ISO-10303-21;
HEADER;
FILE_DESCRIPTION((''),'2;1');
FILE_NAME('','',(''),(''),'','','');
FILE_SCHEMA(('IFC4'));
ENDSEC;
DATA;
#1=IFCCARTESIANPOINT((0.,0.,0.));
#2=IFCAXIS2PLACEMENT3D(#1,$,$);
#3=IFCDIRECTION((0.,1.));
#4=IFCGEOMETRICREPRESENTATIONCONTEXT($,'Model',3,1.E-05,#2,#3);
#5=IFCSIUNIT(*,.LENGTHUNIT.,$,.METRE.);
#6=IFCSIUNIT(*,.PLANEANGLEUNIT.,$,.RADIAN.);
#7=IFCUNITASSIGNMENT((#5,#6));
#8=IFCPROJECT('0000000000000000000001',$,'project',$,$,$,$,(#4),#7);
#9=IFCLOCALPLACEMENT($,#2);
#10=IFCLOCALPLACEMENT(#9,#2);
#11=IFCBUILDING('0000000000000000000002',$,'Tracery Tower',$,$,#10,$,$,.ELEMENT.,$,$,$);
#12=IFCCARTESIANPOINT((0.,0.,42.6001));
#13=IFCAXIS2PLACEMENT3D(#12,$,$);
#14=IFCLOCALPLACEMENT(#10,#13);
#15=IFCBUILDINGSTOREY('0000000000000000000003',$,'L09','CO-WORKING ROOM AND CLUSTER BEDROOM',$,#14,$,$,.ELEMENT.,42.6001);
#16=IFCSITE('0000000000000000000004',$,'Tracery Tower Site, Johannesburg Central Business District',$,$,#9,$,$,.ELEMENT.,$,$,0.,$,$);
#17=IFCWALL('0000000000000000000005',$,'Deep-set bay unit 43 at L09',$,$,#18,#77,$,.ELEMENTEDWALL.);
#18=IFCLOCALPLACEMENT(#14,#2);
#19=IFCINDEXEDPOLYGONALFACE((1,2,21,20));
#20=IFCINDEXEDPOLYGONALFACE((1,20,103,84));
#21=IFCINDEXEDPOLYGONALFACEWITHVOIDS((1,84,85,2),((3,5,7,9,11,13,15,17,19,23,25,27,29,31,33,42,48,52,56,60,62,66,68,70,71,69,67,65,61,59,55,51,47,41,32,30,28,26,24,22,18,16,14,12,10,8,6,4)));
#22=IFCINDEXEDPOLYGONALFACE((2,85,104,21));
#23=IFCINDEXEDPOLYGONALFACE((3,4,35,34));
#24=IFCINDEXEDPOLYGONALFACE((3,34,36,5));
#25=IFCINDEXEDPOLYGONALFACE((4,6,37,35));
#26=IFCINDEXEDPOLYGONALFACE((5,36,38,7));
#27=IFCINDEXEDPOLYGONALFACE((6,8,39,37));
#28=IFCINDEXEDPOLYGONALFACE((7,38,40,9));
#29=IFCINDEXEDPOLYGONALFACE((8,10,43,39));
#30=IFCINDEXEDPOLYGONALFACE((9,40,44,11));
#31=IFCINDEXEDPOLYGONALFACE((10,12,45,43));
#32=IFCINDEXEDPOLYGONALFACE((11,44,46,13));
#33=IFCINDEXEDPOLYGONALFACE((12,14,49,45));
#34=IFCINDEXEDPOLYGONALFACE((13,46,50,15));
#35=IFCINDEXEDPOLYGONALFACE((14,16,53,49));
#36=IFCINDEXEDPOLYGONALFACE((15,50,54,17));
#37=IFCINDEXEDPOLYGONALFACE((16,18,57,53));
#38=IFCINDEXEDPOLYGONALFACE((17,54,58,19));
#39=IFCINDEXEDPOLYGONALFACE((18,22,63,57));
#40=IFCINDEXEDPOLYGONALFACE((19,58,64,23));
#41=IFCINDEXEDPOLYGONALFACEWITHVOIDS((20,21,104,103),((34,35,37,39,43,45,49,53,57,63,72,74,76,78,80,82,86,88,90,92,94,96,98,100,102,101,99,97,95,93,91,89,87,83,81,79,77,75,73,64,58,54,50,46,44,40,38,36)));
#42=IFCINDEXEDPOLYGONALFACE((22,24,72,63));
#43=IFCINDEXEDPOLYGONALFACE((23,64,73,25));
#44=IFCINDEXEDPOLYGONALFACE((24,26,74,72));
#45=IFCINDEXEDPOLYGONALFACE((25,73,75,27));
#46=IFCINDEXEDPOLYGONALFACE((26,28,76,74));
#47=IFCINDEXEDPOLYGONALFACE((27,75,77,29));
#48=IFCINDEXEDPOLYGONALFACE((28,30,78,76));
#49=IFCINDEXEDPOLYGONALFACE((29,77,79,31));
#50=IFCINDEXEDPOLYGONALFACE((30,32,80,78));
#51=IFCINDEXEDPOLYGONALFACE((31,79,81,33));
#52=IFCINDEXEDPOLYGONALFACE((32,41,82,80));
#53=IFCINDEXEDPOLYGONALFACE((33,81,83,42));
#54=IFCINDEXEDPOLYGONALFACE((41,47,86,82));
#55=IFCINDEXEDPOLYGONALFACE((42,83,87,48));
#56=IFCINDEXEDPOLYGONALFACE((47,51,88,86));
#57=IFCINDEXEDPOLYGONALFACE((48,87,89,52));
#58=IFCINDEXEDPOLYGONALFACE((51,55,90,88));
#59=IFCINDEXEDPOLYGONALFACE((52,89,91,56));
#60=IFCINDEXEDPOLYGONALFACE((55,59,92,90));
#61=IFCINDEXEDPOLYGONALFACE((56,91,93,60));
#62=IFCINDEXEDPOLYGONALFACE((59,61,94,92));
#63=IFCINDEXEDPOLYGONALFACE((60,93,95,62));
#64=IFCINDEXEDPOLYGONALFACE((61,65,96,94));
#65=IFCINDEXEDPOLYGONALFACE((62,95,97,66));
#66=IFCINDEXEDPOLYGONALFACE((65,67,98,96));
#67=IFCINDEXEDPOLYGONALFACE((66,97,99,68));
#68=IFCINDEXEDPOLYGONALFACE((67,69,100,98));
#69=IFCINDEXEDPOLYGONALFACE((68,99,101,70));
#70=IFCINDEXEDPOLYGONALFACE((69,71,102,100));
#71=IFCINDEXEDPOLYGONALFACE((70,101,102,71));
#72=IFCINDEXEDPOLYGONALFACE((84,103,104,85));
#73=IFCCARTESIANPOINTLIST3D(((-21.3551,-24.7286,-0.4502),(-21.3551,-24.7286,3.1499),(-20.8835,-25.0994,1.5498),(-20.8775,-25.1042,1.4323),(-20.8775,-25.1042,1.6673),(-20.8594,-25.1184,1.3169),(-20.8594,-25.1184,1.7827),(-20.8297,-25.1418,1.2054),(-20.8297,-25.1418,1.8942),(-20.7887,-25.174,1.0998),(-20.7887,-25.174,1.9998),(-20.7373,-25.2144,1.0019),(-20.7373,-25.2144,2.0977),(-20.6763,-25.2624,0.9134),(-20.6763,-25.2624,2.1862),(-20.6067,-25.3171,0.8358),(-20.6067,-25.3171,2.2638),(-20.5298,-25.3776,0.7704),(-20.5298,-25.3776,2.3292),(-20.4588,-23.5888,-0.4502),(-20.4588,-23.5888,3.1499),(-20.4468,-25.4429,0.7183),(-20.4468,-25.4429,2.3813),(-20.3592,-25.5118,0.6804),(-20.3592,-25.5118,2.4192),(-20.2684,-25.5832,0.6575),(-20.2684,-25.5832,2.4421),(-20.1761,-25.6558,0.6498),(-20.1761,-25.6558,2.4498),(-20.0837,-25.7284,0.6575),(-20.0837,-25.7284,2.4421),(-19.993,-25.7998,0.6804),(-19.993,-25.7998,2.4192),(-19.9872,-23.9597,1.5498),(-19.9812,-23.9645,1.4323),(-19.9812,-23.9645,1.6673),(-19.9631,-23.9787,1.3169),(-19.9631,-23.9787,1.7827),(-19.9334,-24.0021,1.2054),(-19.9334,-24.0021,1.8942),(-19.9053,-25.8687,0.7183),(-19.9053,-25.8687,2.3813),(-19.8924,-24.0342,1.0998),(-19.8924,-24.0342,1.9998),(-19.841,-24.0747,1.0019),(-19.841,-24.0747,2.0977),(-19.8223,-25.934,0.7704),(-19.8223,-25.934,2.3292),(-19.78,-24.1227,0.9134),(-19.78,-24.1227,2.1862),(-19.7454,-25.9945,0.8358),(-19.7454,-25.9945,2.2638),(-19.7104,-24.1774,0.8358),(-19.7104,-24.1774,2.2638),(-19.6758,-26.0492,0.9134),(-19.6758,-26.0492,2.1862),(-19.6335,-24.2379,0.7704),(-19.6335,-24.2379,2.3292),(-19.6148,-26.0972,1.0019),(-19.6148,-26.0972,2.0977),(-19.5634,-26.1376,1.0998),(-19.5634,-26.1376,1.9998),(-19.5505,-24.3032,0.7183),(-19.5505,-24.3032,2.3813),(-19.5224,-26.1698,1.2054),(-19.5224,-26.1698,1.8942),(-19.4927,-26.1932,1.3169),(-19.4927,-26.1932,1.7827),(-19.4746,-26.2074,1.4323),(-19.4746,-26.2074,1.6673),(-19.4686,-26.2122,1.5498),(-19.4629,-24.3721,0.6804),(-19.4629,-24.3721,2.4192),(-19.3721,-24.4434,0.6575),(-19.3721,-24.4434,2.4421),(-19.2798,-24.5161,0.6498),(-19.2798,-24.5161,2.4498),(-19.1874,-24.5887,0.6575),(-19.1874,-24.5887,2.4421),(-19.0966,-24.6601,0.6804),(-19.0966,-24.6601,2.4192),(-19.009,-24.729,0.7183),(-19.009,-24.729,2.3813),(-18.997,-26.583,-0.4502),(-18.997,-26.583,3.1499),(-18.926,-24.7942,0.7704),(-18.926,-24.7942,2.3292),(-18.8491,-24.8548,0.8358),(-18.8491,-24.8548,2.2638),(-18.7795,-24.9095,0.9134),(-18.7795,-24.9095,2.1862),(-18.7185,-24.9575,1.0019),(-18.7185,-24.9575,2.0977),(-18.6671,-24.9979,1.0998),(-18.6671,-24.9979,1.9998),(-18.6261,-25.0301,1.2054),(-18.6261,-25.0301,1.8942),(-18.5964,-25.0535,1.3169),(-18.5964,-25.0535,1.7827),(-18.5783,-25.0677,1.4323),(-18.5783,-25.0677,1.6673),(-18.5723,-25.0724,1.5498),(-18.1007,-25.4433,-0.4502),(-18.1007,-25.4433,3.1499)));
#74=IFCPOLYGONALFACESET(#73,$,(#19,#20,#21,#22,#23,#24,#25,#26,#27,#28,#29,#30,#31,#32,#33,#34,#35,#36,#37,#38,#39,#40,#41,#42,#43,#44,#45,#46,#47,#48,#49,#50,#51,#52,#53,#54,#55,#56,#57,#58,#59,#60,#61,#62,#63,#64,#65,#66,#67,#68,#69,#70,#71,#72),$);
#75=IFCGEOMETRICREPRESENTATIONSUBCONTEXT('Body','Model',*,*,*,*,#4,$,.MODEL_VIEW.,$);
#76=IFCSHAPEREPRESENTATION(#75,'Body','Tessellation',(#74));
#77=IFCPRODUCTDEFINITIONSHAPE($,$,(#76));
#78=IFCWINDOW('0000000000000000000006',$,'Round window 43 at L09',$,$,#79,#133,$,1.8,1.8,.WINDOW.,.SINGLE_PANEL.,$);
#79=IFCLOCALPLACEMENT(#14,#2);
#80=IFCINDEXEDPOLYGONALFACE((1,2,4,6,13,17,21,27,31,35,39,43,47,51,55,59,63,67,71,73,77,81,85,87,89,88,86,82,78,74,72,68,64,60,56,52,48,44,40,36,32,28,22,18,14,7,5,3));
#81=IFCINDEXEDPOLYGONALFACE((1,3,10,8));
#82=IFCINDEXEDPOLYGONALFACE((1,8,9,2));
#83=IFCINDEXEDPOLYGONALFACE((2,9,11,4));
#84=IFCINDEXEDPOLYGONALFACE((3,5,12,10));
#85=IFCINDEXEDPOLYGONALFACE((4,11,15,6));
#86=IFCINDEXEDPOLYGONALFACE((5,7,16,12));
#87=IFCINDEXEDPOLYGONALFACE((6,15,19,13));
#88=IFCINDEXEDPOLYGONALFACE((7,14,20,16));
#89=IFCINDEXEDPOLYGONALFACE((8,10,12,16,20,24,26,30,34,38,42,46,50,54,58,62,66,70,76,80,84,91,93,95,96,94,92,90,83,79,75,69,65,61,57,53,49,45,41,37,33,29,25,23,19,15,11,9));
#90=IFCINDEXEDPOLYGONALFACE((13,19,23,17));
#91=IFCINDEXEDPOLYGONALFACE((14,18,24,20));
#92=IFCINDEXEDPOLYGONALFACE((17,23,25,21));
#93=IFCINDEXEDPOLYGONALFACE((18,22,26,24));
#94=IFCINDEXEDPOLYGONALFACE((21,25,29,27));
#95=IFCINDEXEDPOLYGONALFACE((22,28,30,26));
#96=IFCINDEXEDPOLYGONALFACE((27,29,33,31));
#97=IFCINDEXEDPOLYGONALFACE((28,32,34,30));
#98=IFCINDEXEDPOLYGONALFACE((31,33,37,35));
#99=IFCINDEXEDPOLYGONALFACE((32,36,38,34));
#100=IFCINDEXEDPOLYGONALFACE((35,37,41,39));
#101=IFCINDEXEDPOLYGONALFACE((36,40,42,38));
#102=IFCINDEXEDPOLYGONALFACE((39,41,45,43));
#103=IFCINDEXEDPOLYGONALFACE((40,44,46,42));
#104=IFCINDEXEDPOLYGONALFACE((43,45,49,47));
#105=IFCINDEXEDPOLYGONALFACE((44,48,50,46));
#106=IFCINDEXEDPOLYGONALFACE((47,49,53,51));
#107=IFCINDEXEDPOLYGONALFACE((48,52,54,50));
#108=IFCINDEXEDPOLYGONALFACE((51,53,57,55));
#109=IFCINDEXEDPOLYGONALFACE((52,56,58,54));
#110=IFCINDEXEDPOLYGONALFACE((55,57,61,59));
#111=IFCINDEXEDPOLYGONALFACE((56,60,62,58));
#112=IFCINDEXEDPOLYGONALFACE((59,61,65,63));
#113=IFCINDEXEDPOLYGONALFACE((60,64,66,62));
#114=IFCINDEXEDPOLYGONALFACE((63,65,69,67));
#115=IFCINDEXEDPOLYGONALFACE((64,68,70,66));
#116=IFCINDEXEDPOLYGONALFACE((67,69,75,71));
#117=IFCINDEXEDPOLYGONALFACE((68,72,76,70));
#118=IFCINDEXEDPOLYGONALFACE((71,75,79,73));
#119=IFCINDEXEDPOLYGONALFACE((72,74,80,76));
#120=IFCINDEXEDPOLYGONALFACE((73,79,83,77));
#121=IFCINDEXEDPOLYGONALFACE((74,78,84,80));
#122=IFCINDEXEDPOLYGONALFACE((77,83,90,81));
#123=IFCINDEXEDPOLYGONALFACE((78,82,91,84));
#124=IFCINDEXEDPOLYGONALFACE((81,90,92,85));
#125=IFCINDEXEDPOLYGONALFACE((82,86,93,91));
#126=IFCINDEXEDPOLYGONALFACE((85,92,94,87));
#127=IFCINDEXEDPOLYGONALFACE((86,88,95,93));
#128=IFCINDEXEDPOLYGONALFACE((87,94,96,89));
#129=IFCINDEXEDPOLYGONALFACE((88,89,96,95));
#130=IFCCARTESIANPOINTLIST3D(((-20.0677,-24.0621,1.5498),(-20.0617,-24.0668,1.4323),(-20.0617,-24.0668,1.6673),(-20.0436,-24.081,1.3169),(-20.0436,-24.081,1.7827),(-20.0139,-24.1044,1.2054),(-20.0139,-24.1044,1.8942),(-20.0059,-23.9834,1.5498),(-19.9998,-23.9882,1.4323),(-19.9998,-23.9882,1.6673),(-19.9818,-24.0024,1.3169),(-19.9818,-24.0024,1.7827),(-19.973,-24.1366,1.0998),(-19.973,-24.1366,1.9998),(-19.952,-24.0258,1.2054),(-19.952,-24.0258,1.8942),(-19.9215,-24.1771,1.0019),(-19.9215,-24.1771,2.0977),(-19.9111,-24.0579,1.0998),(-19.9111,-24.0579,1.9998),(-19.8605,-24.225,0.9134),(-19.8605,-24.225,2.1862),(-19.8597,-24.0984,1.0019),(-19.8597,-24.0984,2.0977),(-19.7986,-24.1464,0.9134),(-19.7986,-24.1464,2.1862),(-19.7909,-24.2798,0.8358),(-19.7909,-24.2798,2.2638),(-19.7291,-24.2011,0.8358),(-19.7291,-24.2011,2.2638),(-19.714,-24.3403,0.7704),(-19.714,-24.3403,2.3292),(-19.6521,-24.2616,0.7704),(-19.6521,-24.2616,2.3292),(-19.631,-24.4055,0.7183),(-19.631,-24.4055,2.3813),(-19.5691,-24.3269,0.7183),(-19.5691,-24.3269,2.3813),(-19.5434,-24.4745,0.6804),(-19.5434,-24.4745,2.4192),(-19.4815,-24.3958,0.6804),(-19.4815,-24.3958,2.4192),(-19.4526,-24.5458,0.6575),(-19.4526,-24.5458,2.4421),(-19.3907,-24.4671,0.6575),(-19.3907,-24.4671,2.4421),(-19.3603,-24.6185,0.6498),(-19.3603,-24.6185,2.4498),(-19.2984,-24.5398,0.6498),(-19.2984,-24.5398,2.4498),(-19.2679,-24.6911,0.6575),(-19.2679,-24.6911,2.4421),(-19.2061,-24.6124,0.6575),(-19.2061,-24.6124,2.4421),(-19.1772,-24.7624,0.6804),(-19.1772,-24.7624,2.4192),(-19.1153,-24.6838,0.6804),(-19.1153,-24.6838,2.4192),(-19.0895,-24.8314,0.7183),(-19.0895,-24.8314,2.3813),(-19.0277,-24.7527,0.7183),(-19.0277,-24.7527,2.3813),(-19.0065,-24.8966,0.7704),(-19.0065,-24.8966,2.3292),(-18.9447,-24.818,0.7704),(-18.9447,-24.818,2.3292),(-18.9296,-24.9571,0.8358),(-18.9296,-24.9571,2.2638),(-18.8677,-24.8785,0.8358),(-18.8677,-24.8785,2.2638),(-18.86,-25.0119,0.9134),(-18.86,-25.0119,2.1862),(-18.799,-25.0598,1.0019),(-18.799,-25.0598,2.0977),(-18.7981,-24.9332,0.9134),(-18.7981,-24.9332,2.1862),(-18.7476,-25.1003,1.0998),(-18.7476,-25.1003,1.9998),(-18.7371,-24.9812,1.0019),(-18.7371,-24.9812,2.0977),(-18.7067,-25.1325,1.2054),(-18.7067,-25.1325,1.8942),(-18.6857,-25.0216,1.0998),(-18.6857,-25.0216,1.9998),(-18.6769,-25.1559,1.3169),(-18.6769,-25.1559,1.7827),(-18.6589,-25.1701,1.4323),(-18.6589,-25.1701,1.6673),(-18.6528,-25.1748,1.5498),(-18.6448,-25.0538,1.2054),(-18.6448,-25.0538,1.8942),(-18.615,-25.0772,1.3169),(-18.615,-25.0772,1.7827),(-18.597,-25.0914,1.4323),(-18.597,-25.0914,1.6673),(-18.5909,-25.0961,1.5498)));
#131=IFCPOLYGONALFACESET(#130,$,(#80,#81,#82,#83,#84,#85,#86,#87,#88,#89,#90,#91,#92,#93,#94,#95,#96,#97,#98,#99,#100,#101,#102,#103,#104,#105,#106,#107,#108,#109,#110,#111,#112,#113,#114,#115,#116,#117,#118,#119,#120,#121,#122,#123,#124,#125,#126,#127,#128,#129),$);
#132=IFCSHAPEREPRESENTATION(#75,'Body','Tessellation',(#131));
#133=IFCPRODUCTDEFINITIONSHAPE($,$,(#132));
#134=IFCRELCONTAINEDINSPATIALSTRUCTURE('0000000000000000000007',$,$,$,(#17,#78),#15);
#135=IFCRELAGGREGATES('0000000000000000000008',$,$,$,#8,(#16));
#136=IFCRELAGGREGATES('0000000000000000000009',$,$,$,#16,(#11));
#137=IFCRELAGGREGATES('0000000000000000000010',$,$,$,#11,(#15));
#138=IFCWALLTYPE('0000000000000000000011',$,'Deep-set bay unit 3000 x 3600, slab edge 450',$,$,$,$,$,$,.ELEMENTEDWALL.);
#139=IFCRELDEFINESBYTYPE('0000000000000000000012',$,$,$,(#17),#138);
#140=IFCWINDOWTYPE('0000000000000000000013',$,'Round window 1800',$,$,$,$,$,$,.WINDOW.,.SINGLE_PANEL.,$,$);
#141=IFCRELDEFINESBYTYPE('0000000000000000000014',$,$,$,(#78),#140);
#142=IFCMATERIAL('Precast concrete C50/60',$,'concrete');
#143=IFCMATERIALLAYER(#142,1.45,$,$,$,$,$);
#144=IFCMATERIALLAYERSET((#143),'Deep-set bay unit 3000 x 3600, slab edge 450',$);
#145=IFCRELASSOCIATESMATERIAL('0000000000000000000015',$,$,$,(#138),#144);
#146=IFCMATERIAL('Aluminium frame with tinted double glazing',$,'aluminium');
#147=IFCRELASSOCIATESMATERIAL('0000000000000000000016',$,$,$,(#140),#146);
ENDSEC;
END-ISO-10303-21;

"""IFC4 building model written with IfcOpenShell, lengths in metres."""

from ifc_helpers import new_model, si_unit, direction, frame, frame_2d, origin, origin_2d, place, context, subcontext, project, spatial, rectangle, circle, extrude, material, layer, layer_set, type_object, element, fill, save


model = new_model("IFC4")

# Units and contexts
model_context = context("Model", 3, precision=1e-05, world=origin(), true_north=direction((0.0, 1.0)))
body_context = subcontext(model_context, "Body", "Model", "MODEL_VIEW")
ifc_project = project(units=[si_unit("LENGTHUNIT", "METRE"), si_unit("PLANEANGLEUNIT", "RADIAN")], contexts=[model_context])

# Site, building, storey
site_placement = place(None, origin())
site = spatial("IfcSite", under=ifc_project, at=site_placement, Name="Tracery Tower Site, Johannesburg Central Business District", CompositionType="ELEMENT", RefElevation=0.0)
building_placement = place(site_placement, origin())
building = spatial("IfcBuilding", under=site, at=building_placement, Name="Tracery Tower", CompositionType="ELEMENT")
storey_placement = place(building_placement, frame((0.0, 0.0, 42.6001)))
storey = spatial("IfcBuildingStorey", under=building, at=storey_placement, Name="L09", Description="CO-WORKING ROOM AND CLUSTER BEDROOM", CompositionType="ELEMENT", Elevation=42.6001)

# Wall, opening, window
ifc_material_1 = material(Name="Precast concrete C50/60", Category="concrete")
ifc_layer_1 = layer(ifc_material_1, 1.45)
ifc_layer_set_1 = layer_set([ifc_layer_1], Name="Deep-set bay unit 3000 x 3600, slab edge 450")
wall_type_1 = type_object("IfcWallType", Name="Deep-set bay unit 3000 x 3600, slab edge 450", PredefinedType="ELEMENTEDWALL", material=ifc_layer_set_1)
wall_1_placement = place(storey_placement, frame((-20.907, -24.1587, -0.4502), z_axis=(0.0, 0.0, 1.0), x_axis=(0.78605, -0.618163, 0.0)))
wall_1 = element("IfcWall", 1, at=wall_1_placement, inside=storey, type_object=wall_type_1, Name="Deep-set bay unit 43 at L09", PredefinedType="ELEMENTEDWALL", context=body_context, shape_type="SweptSolid", body=[
    extrude(rectangle(XDim=3.0, YDim=1.45, at=frame_2d((1.5, 0.0))), origin(), (0.0, 0.0, 1.0), 3.6001),
])
opening_1_placement = place(wall_1_placement, frame((1.5, 0.0, 2.0)))
opening_1 = element("IfcOpeningElement", 2, at=opening_1_placement, cuts=wall_1, PredefinedType="OPENING", context=body_context, shape_type="SweptSolid", body=[
    extrude(circle(Radius=0.9, at=origin_2d()), frame((0.0, 0.7349, 0.0), z_axis=(0.0, -1.0, 0.0), x_axis=(1.0, 0.0, 0.0)), (0.0, 0.0, 1.0), 1.47),
])
ifc_material_2 = material(Name="Aluminium frame with tinted double glazing", Category="aluminium")
window_type = type_object("IfcWindowType", Name="Round window 1800", PartitioningType="SINGLE_PANEL", PredefinedType="WINDOW", material=ifc_material_2)
window_1_placement = place(opening_1_placement, origin())
window_1 = element("IfcWindow", 3, at=window_1_placement, inside=storey, type_object=window_type, Name="Round window 43 at L09", OverallHeight=1.8, OverallWidth=1.8, PartitioningType="SINGLE_PANEL", PredefinedType="WINDOW", context=body_context, shape_type="SweptSolid", body=[
    extrude(circle(Radius=0.9, at=origin_2d()), frame((0.0, 0.6948, 0.0), z_axis=(0.0, -1.0, 0.0), x_axis=(1.0, 0.0, 0.0)), (0.0, 0.0, 1.0), 0.1001),
])
fill(opening_1, window_1)

save(model, "model.ifc")
